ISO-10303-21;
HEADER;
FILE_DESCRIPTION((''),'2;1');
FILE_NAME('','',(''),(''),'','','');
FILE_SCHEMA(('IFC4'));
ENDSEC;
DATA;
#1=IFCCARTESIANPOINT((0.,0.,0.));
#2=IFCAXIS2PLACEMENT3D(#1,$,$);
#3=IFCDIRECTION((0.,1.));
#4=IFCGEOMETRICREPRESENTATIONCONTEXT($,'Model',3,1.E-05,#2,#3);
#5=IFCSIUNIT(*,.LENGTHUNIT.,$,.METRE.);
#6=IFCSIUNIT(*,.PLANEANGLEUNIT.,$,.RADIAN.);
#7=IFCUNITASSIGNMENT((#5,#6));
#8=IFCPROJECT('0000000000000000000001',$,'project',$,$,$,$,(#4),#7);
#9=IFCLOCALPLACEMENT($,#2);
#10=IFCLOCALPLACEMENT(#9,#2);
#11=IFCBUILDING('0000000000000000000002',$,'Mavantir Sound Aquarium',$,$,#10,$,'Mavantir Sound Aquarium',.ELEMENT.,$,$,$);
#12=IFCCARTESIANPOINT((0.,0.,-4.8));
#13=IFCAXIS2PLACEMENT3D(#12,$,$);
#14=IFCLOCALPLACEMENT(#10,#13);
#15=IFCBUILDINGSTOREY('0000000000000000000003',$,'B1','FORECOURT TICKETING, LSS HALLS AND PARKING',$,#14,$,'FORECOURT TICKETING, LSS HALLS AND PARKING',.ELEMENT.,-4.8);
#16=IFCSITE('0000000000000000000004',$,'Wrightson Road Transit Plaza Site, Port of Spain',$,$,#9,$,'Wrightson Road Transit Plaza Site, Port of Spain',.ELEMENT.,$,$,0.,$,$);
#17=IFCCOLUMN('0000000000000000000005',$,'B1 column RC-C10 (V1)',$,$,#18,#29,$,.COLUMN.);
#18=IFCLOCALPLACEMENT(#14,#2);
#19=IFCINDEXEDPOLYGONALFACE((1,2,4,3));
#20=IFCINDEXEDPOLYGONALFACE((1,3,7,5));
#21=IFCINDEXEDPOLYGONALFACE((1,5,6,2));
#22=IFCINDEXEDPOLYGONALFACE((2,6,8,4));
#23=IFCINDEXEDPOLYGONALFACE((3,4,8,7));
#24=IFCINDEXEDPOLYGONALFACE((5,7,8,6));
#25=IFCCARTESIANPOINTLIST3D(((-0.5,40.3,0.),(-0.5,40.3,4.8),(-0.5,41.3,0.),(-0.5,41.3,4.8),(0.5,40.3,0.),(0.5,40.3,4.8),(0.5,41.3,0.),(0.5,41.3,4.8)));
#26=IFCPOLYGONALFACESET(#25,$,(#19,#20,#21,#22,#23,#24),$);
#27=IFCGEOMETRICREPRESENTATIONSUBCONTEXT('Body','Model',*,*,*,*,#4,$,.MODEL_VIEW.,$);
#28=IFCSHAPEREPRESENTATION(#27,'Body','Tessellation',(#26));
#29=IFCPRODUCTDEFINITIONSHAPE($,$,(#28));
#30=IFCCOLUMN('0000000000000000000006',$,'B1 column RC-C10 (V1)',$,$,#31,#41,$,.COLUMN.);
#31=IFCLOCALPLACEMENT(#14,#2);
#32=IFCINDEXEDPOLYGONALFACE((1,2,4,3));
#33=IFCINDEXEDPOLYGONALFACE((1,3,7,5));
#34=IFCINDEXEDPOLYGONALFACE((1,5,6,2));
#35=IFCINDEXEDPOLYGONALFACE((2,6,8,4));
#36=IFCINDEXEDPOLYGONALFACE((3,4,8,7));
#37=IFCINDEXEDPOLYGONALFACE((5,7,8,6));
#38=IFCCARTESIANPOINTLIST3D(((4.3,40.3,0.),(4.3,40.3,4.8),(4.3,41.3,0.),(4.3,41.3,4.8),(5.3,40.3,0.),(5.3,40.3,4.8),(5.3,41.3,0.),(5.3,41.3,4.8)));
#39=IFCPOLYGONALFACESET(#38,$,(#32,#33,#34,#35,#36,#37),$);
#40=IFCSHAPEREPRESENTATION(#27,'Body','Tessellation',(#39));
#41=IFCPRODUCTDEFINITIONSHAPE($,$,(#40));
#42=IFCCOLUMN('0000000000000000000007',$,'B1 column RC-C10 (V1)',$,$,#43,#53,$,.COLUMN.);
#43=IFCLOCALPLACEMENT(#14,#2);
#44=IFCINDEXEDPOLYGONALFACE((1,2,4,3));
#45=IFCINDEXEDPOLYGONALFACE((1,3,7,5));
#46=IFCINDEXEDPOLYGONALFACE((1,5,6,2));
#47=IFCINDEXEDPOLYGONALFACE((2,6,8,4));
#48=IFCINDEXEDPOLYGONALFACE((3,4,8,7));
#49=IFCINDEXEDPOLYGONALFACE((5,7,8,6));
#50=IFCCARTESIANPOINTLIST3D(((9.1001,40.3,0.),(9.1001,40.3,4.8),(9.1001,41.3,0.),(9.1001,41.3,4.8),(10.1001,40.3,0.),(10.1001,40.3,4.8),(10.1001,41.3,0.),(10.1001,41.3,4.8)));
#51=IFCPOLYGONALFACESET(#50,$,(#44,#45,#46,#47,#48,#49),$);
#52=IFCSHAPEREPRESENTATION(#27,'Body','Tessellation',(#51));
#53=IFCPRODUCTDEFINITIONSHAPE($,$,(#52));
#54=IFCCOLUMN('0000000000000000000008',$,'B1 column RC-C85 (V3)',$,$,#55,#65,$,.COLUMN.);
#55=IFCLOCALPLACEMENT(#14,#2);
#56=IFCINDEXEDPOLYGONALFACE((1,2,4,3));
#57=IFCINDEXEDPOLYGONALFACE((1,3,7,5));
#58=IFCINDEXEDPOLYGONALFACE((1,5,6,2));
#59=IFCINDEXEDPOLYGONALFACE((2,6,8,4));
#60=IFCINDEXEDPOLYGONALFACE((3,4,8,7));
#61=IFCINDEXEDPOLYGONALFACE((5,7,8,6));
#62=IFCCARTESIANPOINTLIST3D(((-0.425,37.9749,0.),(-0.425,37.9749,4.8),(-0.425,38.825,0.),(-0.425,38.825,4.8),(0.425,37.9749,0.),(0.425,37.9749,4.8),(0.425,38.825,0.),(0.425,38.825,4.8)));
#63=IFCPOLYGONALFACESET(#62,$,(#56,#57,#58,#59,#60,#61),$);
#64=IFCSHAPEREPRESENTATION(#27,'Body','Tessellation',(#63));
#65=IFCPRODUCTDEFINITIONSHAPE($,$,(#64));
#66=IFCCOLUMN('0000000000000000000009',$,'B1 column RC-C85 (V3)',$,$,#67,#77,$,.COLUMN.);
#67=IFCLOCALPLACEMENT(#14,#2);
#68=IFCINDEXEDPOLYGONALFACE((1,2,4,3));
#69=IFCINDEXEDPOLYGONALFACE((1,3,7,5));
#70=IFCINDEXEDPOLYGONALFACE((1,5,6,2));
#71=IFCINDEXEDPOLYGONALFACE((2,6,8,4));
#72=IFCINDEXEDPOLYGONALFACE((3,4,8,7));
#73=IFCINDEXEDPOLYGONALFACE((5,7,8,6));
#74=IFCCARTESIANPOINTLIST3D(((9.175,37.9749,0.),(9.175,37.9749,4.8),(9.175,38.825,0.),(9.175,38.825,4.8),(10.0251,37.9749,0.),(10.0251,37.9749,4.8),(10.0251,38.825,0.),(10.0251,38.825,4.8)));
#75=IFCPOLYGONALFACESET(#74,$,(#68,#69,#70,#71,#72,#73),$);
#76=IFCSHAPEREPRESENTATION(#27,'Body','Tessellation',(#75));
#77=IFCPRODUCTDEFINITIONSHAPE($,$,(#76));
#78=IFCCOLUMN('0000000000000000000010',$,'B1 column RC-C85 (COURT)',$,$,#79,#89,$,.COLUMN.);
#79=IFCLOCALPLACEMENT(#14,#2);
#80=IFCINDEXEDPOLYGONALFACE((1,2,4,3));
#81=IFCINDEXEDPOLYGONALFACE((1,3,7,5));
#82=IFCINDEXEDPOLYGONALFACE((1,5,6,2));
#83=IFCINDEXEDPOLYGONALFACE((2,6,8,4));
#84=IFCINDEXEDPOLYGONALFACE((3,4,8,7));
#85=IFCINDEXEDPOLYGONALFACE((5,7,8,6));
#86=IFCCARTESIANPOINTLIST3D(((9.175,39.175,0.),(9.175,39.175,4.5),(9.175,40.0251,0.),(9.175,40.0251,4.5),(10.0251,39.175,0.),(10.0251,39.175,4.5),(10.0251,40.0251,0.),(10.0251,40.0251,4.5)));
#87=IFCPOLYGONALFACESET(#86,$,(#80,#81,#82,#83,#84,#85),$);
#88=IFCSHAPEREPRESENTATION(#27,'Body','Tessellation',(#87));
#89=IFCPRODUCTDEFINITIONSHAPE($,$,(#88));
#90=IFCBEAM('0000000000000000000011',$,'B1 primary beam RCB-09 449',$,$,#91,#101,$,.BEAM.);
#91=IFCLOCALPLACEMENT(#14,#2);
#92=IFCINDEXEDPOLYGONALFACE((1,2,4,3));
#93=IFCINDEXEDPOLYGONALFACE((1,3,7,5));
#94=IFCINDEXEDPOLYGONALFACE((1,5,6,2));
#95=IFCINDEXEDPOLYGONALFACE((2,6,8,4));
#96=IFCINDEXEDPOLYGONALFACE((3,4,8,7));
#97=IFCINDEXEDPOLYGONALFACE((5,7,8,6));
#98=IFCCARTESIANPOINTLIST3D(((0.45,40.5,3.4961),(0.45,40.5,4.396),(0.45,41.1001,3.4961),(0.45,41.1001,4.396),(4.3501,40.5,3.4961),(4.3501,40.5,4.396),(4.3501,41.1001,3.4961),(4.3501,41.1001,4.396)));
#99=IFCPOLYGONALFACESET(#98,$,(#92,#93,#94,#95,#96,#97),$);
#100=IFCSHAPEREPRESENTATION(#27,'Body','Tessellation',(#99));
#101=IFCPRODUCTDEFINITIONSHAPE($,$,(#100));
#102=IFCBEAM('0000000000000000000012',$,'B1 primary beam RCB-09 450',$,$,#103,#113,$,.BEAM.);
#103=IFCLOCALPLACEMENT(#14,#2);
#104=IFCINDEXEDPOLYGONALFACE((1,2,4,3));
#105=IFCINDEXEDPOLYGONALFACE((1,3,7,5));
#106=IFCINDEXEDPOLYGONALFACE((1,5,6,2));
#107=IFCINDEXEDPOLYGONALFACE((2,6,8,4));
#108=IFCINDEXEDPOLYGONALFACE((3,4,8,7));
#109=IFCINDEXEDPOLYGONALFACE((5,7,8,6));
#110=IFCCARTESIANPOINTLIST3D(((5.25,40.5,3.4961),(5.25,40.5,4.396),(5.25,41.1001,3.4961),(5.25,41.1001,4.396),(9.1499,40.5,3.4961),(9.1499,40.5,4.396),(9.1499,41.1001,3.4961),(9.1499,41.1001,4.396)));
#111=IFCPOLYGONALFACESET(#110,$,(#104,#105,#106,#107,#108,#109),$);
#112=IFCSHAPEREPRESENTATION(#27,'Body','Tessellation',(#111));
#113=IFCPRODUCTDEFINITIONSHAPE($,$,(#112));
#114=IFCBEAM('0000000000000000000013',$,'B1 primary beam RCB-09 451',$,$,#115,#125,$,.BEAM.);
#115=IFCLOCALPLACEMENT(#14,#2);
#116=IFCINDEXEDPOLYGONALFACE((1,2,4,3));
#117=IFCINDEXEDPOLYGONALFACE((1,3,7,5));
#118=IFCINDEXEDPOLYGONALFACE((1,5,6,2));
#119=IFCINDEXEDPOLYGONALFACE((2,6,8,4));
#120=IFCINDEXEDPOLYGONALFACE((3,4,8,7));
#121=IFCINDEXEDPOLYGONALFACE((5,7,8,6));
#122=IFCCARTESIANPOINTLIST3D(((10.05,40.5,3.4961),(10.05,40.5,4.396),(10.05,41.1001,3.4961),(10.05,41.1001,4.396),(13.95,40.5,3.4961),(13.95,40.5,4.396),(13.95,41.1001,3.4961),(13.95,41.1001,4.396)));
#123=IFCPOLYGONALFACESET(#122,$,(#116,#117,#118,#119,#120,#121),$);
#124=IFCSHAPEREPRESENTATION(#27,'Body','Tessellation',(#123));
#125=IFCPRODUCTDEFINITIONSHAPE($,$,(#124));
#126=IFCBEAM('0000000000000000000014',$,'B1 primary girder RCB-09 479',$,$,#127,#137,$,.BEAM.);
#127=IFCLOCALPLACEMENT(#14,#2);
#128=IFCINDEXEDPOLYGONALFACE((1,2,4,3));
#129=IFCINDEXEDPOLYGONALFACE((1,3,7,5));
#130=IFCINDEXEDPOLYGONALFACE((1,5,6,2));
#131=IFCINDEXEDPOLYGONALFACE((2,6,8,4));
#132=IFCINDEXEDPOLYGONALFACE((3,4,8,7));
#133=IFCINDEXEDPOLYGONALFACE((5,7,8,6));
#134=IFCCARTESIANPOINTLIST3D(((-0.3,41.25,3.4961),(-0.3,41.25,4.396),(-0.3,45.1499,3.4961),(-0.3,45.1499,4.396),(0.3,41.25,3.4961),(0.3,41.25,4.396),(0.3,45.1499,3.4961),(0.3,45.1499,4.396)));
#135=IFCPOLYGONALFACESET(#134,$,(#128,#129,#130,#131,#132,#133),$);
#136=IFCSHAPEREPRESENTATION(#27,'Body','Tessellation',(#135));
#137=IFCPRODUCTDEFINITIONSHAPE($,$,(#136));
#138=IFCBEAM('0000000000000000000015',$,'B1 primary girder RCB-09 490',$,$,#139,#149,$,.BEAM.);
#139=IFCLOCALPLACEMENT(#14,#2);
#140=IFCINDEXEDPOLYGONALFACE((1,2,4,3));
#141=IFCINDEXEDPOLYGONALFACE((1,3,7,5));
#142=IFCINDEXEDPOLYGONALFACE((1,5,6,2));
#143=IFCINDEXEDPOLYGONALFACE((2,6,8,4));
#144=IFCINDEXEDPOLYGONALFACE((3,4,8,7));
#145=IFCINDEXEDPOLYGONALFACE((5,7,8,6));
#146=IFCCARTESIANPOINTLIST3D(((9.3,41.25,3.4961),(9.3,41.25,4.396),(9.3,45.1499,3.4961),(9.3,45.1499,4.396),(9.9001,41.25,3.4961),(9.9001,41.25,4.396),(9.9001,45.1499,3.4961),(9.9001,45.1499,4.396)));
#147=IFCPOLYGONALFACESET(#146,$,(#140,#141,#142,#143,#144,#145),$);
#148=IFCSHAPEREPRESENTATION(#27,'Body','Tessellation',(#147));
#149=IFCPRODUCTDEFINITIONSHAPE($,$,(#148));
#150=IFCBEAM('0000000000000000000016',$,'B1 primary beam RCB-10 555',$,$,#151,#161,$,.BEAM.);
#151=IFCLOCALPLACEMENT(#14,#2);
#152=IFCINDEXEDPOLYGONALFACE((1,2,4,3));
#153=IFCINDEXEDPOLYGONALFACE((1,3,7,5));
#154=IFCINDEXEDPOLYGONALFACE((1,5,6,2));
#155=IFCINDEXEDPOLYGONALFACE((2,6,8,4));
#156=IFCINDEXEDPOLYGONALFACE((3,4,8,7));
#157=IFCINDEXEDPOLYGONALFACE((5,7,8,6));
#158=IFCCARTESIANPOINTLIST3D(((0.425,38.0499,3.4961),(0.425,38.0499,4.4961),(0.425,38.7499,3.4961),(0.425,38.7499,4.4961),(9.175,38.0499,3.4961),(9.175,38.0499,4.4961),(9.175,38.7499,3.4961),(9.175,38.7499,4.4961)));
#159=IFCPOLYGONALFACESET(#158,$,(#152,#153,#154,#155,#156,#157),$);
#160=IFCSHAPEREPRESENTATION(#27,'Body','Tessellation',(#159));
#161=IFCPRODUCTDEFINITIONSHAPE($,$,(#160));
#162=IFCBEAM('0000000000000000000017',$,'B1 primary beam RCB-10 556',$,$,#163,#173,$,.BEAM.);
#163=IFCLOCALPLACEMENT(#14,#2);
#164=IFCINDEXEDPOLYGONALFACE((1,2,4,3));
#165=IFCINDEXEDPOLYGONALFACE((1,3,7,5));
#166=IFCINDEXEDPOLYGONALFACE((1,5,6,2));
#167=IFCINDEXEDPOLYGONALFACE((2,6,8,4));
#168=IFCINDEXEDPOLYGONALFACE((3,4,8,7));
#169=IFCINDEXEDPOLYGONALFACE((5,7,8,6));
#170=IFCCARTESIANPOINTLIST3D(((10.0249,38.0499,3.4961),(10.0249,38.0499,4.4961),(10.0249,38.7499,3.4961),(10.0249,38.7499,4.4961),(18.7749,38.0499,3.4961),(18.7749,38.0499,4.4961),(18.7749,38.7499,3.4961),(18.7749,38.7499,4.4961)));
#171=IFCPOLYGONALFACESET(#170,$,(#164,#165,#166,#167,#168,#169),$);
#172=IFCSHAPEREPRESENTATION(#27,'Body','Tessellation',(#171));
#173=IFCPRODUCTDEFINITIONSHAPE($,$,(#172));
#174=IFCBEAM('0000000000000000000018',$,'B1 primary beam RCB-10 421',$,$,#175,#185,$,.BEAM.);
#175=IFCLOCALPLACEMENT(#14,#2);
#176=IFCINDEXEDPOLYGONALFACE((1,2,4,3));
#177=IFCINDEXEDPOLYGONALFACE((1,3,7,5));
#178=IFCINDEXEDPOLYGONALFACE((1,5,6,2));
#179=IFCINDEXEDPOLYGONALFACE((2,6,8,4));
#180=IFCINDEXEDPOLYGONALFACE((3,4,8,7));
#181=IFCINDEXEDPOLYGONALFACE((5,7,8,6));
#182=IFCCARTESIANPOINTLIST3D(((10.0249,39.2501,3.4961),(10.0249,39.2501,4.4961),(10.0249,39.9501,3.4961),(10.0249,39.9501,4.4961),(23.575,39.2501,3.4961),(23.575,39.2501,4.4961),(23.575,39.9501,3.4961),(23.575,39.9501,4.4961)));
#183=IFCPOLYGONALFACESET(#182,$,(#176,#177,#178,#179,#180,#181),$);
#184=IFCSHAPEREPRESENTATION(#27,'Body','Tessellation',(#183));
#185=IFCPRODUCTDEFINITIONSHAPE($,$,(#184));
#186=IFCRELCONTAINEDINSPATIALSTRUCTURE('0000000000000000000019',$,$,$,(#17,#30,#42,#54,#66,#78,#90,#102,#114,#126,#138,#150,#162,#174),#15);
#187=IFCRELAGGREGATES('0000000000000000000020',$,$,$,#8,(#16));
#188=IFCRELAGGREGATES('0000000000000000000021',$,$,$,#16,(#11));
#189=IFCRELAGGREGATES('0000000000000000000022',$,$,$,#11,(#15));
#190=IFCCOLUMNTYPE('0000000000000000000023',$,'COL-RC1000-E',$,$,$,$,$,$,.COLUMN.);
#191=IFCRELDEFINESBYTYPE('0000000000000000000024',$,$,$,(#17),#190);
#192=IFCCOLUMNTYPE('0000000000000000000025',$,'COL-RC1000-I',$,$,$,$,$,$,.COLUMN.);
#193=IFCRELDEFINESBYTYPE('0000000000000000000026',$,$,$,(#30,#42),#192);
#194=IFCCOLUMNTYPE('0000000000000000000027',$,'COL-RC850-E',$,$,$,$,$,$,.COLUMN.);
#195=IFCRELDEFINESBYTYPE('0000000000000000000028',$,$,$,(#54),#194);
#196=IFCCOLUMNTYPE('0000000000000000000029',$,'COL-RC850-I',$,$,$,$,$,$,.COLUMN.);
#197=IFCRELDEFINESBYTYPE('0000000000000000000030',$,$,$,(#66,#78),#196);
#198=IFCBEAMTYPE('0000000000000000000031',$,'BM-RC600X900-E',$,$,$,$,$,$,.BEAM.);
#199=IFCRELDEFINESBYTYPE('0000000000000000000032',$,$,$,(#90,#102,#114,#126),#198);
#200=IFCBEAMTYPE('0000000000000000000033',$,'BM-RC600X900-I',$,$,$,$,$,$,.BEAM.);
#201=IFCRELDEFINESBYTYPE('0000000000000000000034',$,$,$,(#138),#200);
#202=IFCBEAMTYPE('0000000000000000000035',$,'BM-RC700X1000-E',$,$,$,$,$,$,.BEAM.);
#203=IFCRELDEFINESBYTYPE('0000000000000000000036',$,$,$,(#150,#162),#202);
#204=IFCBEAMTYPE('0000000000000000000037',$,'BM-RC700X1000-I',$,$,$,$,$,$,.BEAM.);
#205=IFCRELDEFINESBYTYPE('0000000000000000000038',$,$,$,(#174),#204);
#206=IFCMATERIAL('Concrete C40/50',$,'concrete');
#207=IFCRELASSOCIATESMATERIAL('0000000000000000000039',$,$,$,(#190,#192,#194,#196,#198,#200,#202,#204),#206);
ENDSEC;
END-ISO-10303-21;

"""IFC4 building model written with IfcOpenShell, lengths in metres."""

from ifc_helpers import new_model, si_unit, direction, frame, origin, origin_2d, place, context, subcontext, project, spatial, rectangle, extrude, material, material_profile, profile_set, type_object, element, save


model = new_model("IFC4")

# Units and contexts
model_context = context("Model", 3, precision=1e-05, world=origin(), true_north=direction((0.0, 1.0)))
body_context = subcontext(model_context, "Body", "Model", "MODEL_VIEW")
ifc_project = project(units=[si_unit("LENGTHUNIT", "METRE"), si_unit("PLANEANGLEUNIT", "RADIAN")], contexts=[model_context])

# Site, building, storey
site_placement = place(None, origin())
site = spatial("IfcSite", under=ifc_project, at=site_placement, Name="Wrightson Road Transit Plaza Site, Port of Spain", LongName="Wrightson Road Transit Plaza Site, Port of Spain", CompositionType="ELEMENT", RefElevation=0.0)
building_placement = place(site_placement, origin())
building = spatial("IfcBuilding", under=site, at=building_placement, Name="Mavantir Sound Aquarium", LongName="Mavantir Sound Aquarium", CompositionType="ELEMENT")
storey_placement = place(building_placement, frame((0.0, 0.0, -4.8)))
storey = spatial("IfcBuildingStorey", under=building, at=storey_placement, Name="B1", Description="FORECOURT TICKETING, LSS HALLS AND PARKING", LongName="FORECOURT TICKETING, LSS HALLS AND PARKING", CompositionType="ELEMENT", Elevation=-4.8)

# Columns
ifc_material_1 = material(Name="Concrete C40/50", Category="concrete")
ifc_material_profile_1 = material_profile(ifc_material_1, rectangle(XDim=1.0, YDim=1.0, at=origin_2d()), Name="RC 1000X1000")
ifc_profile_set_1 = profile_set([ifc_material_profile_1], Name="Concrete C40/50")
column_type_1 = type_object("IfcColumnType", Name="COL-RC1000-E", PredefinedType="COLUMN", material=ifc_profile_set_1)
column_1_placement = place(storey_placement, frame((0.0, 40.8, 0.0), z_axis=(0.0, 0.0, 1.0), x_axis=(1.0, 0.0, 0.0)))
element("IfcColumn", 1, at=column_1_placement, inside=storey, type_object=column_type_1, Name="B1 column RC-C10 (V1)", PredefinedType="COLUMN", context=body_context, shape_type="SweptSolid", body=[
    extrude(rectangle(XDim=1.0, YDim=1.0, at=origin_2d()), origin(), (0.0, 0.0, 1.0), 4.8),
])
ifc_material_profile_2 = material_profile(ifc_material_1, rectangle(XDim=1.0, YDim=1.0, at=origin_2d()), Name="RC 1000X1000")
ifc_profile_set_2 = profile_set([ifc_material_profile_2], Name="Concrete C40/50")
column_type_2 = type_object("IfcColumnType", Name="COL-RC1000-I", PredefinedType="COLUMN", material=ifc_profile_set_2)
for number, where, z_axis, x_axis, name in (
    (2, (4.8, 40.8, 0.0), (0.0, 0.0, 1.0), (1.0, 0.0, 0.0), "B1 column RC-C10 (V1)"),
    (3, (9.6001, 40.8, 0.0), (0.0, 0.0, 1.0), (1.0, 0.0, 0.0), "B1 column RC-C10 (V1)"),
):
    element("IfcColumn", number, at=place(storey_placement, frame(where, z_axis=z_axis, x_axis=x_axis)), inside=storey, type_object=column_type_2, Name=name, PredefinedType="COLUMN", context=body_context, shape_type="SweptSolid", body=[
        extrude(rectangle(XDim=1.0, YDim=1.0, at=origin_2d()), origin(), (0.0, 0.0, 1.0), 4.8),
    ])
ifc_material_profile_3 = material_profile(ifc_material_1, rectangle(XDim=0.8501, YDim=0.8501, at=origin_2d()), Name="RC 850X850")
ifc_profile_set_3 = profile_set([ifc_material_profile_3], Name="Concrete C40/50")
column_type_3 = type_object("IfcColumnType", Name="COL-RC850-E", PredefinedType="COLUMN", material=ifc_profile_set_3)
column_2_placement = place(storey_placement, frame((0.0, 38.3999, 0.0), z_axis=(0.0, 0.0, 1.0), x_axis=(1.0, 0.0, 0.0)))
element("IfcColumn", 4, at=column_2_placement, inside=storey, type_object=column_type_3, Name="B1 column RC-C85 (V3)", PredefinedType="COLUMN", context=body_context, shape_type="SweptSolid", body=[
    extrude(rectangle(XDim=0.8501, YDim=0.8501, at=origin_2d()), origin(), (0.0, 0.0, 1.0), 4.8),
])
ifc_material_profile_4 = material_profile(ifc_material_1, rectangle(XDim=0.8501, YDim=0.8501, at=origin_2d()), Name="RC 850X850")
ifc_profile_set_4 = profile_set([ifc_material_profile_4], Name="Concrete C40/50")
column_type_4 = type_object("IfcColumnType", Name="COL-RC850-I", PredefinedType="COLUMN", material=ifc_profile_set_4)
column_3_placement = place(storey_placement, frame((9.6001, 38.3999, 0.0), z_axis=(0.0, 0.0, 1.0), x_axis=(1.0, 0.0, 0.0)))
element("IfcColumn", 5, at=column_3_placement, inside=storey, type_object=column_type_4, Name="B1 column RC-C85 (V3)", PredefinedType="COLUMN", context=body_context, shape_type="SweptSolid", body=[
    extrude(rectangle(XDim=0.8501, YDim=0.8501, at=origin_2d()), origin(), (0.0, 0.0, 1.0), 4.8),
])
column_4_placement = place(storey_placement, frame((9.6001, 39.6001, 0.0), z_axis=(0.0, 0.0, 1.0), x_axis=(1.0, 0.0, 0.0)))
element("IfcColumn", 6, at=column_4_placement, inside=storey, type_object=column_type_4, Name="B1 column RC-C85 (COURT)", PredefinedType="COLUMN", context=body_context, shape_type="SweptSolid", body=[
    extrude(rectangle(XDim=0.8501, YDim=0.8501, at=origin_2d()), origin(), (0.0, 0.0, 1.0), 4.5),
])

# Beams
ifc_material_profile_5 = material_profile(ifc_material_1, rectangle(XDim=0.6001, YDim=0.8999, at=origin_2d()), Name="RC 600X900")
ifc_profile_set_5 = profile_set([ifc_material_profile_5], Name="Concrete C40/50")
beam_type_1 = type_object("IfcBeamType", Name="BM-RC600X900-E", PredefinedType="BEAM", material=ifc_profile_set_5)
beam_1_placement = place(storey_placement, frame((0.45, 40.8, 3.946), z_axis=(1.0, 0.0, 0.0), x_axis=(0.0, 1.0, 0.0)))
element("IfcBeam", 7, at=beam_1_placement, inside=storey, type_object=beam_type_1, Name="B1 primary beam RCB-09 449", PredefinedType="BEAM", context=body_context, shape_type="SweptSolid", body=[
    extrude(rectangle(XDim=0.6001, YDim=0.8999, at=origin_2d()), origin(), (0.0, 0.0, 1.0), 3.9001),
])
for number, where, z_axis, x_axis, name in (
    (8, (5.25, 40.8, 3.946), (1.0, 0.0, 0.0), (0.0, 1.0, 0.0), "B1 primary beam RCB-09 450"),
    (9, (10.05, 40.8, 3.946), (1.0, 0.0, 0.0), (0.0, 1.0, 0.0), "B1 primary beam RCB-09 451"),
    (10, (0.0, 41.25, 3.946), (0.0, 1.0, 0.0), (-1.0, 0.0, 0.0), "B1 primary girder RCB-09 479"),
):
    element("IfcBeam", number, at=place(storey_placement, frame(where, z_axis=z_axis, x_axis=x_axis)), inside=storey, type_object=beam_type_1, Name=name, PredefinedType="BEAM", context=body_context, shape_type="SweptSolid", body=[
        extrude(rectangle(XDim=0.6001, YDim=0.8999, at=origin_2d()), origin(), (0.0, 0.0, 1.0), 3.8999),
    ])
ifc_material_profile_6 = material_profile(ifc_material_1, rectangle(XDim=0.6001, YDim=0.8999, at=origin_2d()), Name="RC 600X900")
ifc_profile_set_6 = profile_set([ifc_material_profile_6], Name="Concrete C40/50")
beam_type_2 = type_object("IfcBeamType", Name="BM-RC600X900-I", PredefinedType="BEAM", material=ifc_profile_set_6)
beam_2_placement = place(storey_placement, frame((9.6001, 41.25, 3.946), z_axis=(0.0, 1.0, 0.0), x_axis=(-1.0, 0.0, 0.0)))
element("IfcBeam", 11, at=beam_2_placement, inside=storey, type_object=beam_type_2, Name="B1 primary girder RCB-09 490", PredefinedType="BEAM", context=body_context, shape_type="SweptSolid", body=[
    extrude(rectangle(XDim=0.6001, YDim=0.8999, at=origin_2d()), origin(), (0.0, 0.0, 1.0), 3.8999),
])
ifc_material_profile_7 = material_profile(ifc_material_1, rectangle(XDim=0.7, YDim=1.0, at=origin_2d()), Name="RC 700X1000")
ifc_profile_set_7 = profile_set([ifc_material_profile_7], Name="Concrete C40/50")
beam_type_3 = type_object("IfcBeamType", Name="BM-RC700X1000-E", PredefinedType="BEAM", material=ifc_profile_set_7)
for number, where, z_axis, x_axis, name in (
    (12, (0.425, 38.3999, 3.9961), (1.0, 0.0, 0.0), (0.0, 1.0, 0.0), "B1 primary beam RCB-10 555"),
    (13, (10.0249, 38.3999, 3.9961), (1.0, 0.0, 0.0), (0.0, 1.0, 0.0), "B1 primary beam RCB-10 556"),
):
    element("IfcBeam", number, at=place(storey_placement, frame(where, z_axis=z_axis, x_axis=x_axis)), inside=storey, type_object=beam_type_3, Name=name, PredefinedType="BEAM", context=body_context, shape_type="SweptSolid", body=[
        extrude(rectangle(XDim=0.7, YDim=1.0, at=origin_2d()), origin(), (0.0, 0.0, 1.0), 8.75),
    ])
ifc_material_profile_8 = material_profile(ifc_material_1, rectangle(XDim=0.7, YDim=1.0, at=origin_2d()), Name="RC 700X1000")
ifc_profile_set_8 = profile_set([ifc_material_profile_8], Name="Concrete C40/50")
beam_type_4 = type_object("IfcBeamType", Name="BM-RC700X1000-I", PredefinedType="BEAM", material=ifc_profile_set_8)
beam_3_placement = place(storey_placement, frame((10.0249, 39.6001, 3.9961), z_axis=(1.0, 0.0, 0.0), x_axis=(0.0, 1.0, 0.0)))
element("IfcBeam", 14, at=beam_3_placement, inside=storey, type_object=beam_type_4, Name="B1 primary beam RCB-10 421", PredefinedType="BEAM", context=body_context, shape_type="SweptSolid", body=[
    extrude(rectangle(XDim=0.7, YDim=1.0, at=origin_2d()), origin(), (0.0, 0.0, 1.0), 13.55),
])

save(model, "model.ifc")
